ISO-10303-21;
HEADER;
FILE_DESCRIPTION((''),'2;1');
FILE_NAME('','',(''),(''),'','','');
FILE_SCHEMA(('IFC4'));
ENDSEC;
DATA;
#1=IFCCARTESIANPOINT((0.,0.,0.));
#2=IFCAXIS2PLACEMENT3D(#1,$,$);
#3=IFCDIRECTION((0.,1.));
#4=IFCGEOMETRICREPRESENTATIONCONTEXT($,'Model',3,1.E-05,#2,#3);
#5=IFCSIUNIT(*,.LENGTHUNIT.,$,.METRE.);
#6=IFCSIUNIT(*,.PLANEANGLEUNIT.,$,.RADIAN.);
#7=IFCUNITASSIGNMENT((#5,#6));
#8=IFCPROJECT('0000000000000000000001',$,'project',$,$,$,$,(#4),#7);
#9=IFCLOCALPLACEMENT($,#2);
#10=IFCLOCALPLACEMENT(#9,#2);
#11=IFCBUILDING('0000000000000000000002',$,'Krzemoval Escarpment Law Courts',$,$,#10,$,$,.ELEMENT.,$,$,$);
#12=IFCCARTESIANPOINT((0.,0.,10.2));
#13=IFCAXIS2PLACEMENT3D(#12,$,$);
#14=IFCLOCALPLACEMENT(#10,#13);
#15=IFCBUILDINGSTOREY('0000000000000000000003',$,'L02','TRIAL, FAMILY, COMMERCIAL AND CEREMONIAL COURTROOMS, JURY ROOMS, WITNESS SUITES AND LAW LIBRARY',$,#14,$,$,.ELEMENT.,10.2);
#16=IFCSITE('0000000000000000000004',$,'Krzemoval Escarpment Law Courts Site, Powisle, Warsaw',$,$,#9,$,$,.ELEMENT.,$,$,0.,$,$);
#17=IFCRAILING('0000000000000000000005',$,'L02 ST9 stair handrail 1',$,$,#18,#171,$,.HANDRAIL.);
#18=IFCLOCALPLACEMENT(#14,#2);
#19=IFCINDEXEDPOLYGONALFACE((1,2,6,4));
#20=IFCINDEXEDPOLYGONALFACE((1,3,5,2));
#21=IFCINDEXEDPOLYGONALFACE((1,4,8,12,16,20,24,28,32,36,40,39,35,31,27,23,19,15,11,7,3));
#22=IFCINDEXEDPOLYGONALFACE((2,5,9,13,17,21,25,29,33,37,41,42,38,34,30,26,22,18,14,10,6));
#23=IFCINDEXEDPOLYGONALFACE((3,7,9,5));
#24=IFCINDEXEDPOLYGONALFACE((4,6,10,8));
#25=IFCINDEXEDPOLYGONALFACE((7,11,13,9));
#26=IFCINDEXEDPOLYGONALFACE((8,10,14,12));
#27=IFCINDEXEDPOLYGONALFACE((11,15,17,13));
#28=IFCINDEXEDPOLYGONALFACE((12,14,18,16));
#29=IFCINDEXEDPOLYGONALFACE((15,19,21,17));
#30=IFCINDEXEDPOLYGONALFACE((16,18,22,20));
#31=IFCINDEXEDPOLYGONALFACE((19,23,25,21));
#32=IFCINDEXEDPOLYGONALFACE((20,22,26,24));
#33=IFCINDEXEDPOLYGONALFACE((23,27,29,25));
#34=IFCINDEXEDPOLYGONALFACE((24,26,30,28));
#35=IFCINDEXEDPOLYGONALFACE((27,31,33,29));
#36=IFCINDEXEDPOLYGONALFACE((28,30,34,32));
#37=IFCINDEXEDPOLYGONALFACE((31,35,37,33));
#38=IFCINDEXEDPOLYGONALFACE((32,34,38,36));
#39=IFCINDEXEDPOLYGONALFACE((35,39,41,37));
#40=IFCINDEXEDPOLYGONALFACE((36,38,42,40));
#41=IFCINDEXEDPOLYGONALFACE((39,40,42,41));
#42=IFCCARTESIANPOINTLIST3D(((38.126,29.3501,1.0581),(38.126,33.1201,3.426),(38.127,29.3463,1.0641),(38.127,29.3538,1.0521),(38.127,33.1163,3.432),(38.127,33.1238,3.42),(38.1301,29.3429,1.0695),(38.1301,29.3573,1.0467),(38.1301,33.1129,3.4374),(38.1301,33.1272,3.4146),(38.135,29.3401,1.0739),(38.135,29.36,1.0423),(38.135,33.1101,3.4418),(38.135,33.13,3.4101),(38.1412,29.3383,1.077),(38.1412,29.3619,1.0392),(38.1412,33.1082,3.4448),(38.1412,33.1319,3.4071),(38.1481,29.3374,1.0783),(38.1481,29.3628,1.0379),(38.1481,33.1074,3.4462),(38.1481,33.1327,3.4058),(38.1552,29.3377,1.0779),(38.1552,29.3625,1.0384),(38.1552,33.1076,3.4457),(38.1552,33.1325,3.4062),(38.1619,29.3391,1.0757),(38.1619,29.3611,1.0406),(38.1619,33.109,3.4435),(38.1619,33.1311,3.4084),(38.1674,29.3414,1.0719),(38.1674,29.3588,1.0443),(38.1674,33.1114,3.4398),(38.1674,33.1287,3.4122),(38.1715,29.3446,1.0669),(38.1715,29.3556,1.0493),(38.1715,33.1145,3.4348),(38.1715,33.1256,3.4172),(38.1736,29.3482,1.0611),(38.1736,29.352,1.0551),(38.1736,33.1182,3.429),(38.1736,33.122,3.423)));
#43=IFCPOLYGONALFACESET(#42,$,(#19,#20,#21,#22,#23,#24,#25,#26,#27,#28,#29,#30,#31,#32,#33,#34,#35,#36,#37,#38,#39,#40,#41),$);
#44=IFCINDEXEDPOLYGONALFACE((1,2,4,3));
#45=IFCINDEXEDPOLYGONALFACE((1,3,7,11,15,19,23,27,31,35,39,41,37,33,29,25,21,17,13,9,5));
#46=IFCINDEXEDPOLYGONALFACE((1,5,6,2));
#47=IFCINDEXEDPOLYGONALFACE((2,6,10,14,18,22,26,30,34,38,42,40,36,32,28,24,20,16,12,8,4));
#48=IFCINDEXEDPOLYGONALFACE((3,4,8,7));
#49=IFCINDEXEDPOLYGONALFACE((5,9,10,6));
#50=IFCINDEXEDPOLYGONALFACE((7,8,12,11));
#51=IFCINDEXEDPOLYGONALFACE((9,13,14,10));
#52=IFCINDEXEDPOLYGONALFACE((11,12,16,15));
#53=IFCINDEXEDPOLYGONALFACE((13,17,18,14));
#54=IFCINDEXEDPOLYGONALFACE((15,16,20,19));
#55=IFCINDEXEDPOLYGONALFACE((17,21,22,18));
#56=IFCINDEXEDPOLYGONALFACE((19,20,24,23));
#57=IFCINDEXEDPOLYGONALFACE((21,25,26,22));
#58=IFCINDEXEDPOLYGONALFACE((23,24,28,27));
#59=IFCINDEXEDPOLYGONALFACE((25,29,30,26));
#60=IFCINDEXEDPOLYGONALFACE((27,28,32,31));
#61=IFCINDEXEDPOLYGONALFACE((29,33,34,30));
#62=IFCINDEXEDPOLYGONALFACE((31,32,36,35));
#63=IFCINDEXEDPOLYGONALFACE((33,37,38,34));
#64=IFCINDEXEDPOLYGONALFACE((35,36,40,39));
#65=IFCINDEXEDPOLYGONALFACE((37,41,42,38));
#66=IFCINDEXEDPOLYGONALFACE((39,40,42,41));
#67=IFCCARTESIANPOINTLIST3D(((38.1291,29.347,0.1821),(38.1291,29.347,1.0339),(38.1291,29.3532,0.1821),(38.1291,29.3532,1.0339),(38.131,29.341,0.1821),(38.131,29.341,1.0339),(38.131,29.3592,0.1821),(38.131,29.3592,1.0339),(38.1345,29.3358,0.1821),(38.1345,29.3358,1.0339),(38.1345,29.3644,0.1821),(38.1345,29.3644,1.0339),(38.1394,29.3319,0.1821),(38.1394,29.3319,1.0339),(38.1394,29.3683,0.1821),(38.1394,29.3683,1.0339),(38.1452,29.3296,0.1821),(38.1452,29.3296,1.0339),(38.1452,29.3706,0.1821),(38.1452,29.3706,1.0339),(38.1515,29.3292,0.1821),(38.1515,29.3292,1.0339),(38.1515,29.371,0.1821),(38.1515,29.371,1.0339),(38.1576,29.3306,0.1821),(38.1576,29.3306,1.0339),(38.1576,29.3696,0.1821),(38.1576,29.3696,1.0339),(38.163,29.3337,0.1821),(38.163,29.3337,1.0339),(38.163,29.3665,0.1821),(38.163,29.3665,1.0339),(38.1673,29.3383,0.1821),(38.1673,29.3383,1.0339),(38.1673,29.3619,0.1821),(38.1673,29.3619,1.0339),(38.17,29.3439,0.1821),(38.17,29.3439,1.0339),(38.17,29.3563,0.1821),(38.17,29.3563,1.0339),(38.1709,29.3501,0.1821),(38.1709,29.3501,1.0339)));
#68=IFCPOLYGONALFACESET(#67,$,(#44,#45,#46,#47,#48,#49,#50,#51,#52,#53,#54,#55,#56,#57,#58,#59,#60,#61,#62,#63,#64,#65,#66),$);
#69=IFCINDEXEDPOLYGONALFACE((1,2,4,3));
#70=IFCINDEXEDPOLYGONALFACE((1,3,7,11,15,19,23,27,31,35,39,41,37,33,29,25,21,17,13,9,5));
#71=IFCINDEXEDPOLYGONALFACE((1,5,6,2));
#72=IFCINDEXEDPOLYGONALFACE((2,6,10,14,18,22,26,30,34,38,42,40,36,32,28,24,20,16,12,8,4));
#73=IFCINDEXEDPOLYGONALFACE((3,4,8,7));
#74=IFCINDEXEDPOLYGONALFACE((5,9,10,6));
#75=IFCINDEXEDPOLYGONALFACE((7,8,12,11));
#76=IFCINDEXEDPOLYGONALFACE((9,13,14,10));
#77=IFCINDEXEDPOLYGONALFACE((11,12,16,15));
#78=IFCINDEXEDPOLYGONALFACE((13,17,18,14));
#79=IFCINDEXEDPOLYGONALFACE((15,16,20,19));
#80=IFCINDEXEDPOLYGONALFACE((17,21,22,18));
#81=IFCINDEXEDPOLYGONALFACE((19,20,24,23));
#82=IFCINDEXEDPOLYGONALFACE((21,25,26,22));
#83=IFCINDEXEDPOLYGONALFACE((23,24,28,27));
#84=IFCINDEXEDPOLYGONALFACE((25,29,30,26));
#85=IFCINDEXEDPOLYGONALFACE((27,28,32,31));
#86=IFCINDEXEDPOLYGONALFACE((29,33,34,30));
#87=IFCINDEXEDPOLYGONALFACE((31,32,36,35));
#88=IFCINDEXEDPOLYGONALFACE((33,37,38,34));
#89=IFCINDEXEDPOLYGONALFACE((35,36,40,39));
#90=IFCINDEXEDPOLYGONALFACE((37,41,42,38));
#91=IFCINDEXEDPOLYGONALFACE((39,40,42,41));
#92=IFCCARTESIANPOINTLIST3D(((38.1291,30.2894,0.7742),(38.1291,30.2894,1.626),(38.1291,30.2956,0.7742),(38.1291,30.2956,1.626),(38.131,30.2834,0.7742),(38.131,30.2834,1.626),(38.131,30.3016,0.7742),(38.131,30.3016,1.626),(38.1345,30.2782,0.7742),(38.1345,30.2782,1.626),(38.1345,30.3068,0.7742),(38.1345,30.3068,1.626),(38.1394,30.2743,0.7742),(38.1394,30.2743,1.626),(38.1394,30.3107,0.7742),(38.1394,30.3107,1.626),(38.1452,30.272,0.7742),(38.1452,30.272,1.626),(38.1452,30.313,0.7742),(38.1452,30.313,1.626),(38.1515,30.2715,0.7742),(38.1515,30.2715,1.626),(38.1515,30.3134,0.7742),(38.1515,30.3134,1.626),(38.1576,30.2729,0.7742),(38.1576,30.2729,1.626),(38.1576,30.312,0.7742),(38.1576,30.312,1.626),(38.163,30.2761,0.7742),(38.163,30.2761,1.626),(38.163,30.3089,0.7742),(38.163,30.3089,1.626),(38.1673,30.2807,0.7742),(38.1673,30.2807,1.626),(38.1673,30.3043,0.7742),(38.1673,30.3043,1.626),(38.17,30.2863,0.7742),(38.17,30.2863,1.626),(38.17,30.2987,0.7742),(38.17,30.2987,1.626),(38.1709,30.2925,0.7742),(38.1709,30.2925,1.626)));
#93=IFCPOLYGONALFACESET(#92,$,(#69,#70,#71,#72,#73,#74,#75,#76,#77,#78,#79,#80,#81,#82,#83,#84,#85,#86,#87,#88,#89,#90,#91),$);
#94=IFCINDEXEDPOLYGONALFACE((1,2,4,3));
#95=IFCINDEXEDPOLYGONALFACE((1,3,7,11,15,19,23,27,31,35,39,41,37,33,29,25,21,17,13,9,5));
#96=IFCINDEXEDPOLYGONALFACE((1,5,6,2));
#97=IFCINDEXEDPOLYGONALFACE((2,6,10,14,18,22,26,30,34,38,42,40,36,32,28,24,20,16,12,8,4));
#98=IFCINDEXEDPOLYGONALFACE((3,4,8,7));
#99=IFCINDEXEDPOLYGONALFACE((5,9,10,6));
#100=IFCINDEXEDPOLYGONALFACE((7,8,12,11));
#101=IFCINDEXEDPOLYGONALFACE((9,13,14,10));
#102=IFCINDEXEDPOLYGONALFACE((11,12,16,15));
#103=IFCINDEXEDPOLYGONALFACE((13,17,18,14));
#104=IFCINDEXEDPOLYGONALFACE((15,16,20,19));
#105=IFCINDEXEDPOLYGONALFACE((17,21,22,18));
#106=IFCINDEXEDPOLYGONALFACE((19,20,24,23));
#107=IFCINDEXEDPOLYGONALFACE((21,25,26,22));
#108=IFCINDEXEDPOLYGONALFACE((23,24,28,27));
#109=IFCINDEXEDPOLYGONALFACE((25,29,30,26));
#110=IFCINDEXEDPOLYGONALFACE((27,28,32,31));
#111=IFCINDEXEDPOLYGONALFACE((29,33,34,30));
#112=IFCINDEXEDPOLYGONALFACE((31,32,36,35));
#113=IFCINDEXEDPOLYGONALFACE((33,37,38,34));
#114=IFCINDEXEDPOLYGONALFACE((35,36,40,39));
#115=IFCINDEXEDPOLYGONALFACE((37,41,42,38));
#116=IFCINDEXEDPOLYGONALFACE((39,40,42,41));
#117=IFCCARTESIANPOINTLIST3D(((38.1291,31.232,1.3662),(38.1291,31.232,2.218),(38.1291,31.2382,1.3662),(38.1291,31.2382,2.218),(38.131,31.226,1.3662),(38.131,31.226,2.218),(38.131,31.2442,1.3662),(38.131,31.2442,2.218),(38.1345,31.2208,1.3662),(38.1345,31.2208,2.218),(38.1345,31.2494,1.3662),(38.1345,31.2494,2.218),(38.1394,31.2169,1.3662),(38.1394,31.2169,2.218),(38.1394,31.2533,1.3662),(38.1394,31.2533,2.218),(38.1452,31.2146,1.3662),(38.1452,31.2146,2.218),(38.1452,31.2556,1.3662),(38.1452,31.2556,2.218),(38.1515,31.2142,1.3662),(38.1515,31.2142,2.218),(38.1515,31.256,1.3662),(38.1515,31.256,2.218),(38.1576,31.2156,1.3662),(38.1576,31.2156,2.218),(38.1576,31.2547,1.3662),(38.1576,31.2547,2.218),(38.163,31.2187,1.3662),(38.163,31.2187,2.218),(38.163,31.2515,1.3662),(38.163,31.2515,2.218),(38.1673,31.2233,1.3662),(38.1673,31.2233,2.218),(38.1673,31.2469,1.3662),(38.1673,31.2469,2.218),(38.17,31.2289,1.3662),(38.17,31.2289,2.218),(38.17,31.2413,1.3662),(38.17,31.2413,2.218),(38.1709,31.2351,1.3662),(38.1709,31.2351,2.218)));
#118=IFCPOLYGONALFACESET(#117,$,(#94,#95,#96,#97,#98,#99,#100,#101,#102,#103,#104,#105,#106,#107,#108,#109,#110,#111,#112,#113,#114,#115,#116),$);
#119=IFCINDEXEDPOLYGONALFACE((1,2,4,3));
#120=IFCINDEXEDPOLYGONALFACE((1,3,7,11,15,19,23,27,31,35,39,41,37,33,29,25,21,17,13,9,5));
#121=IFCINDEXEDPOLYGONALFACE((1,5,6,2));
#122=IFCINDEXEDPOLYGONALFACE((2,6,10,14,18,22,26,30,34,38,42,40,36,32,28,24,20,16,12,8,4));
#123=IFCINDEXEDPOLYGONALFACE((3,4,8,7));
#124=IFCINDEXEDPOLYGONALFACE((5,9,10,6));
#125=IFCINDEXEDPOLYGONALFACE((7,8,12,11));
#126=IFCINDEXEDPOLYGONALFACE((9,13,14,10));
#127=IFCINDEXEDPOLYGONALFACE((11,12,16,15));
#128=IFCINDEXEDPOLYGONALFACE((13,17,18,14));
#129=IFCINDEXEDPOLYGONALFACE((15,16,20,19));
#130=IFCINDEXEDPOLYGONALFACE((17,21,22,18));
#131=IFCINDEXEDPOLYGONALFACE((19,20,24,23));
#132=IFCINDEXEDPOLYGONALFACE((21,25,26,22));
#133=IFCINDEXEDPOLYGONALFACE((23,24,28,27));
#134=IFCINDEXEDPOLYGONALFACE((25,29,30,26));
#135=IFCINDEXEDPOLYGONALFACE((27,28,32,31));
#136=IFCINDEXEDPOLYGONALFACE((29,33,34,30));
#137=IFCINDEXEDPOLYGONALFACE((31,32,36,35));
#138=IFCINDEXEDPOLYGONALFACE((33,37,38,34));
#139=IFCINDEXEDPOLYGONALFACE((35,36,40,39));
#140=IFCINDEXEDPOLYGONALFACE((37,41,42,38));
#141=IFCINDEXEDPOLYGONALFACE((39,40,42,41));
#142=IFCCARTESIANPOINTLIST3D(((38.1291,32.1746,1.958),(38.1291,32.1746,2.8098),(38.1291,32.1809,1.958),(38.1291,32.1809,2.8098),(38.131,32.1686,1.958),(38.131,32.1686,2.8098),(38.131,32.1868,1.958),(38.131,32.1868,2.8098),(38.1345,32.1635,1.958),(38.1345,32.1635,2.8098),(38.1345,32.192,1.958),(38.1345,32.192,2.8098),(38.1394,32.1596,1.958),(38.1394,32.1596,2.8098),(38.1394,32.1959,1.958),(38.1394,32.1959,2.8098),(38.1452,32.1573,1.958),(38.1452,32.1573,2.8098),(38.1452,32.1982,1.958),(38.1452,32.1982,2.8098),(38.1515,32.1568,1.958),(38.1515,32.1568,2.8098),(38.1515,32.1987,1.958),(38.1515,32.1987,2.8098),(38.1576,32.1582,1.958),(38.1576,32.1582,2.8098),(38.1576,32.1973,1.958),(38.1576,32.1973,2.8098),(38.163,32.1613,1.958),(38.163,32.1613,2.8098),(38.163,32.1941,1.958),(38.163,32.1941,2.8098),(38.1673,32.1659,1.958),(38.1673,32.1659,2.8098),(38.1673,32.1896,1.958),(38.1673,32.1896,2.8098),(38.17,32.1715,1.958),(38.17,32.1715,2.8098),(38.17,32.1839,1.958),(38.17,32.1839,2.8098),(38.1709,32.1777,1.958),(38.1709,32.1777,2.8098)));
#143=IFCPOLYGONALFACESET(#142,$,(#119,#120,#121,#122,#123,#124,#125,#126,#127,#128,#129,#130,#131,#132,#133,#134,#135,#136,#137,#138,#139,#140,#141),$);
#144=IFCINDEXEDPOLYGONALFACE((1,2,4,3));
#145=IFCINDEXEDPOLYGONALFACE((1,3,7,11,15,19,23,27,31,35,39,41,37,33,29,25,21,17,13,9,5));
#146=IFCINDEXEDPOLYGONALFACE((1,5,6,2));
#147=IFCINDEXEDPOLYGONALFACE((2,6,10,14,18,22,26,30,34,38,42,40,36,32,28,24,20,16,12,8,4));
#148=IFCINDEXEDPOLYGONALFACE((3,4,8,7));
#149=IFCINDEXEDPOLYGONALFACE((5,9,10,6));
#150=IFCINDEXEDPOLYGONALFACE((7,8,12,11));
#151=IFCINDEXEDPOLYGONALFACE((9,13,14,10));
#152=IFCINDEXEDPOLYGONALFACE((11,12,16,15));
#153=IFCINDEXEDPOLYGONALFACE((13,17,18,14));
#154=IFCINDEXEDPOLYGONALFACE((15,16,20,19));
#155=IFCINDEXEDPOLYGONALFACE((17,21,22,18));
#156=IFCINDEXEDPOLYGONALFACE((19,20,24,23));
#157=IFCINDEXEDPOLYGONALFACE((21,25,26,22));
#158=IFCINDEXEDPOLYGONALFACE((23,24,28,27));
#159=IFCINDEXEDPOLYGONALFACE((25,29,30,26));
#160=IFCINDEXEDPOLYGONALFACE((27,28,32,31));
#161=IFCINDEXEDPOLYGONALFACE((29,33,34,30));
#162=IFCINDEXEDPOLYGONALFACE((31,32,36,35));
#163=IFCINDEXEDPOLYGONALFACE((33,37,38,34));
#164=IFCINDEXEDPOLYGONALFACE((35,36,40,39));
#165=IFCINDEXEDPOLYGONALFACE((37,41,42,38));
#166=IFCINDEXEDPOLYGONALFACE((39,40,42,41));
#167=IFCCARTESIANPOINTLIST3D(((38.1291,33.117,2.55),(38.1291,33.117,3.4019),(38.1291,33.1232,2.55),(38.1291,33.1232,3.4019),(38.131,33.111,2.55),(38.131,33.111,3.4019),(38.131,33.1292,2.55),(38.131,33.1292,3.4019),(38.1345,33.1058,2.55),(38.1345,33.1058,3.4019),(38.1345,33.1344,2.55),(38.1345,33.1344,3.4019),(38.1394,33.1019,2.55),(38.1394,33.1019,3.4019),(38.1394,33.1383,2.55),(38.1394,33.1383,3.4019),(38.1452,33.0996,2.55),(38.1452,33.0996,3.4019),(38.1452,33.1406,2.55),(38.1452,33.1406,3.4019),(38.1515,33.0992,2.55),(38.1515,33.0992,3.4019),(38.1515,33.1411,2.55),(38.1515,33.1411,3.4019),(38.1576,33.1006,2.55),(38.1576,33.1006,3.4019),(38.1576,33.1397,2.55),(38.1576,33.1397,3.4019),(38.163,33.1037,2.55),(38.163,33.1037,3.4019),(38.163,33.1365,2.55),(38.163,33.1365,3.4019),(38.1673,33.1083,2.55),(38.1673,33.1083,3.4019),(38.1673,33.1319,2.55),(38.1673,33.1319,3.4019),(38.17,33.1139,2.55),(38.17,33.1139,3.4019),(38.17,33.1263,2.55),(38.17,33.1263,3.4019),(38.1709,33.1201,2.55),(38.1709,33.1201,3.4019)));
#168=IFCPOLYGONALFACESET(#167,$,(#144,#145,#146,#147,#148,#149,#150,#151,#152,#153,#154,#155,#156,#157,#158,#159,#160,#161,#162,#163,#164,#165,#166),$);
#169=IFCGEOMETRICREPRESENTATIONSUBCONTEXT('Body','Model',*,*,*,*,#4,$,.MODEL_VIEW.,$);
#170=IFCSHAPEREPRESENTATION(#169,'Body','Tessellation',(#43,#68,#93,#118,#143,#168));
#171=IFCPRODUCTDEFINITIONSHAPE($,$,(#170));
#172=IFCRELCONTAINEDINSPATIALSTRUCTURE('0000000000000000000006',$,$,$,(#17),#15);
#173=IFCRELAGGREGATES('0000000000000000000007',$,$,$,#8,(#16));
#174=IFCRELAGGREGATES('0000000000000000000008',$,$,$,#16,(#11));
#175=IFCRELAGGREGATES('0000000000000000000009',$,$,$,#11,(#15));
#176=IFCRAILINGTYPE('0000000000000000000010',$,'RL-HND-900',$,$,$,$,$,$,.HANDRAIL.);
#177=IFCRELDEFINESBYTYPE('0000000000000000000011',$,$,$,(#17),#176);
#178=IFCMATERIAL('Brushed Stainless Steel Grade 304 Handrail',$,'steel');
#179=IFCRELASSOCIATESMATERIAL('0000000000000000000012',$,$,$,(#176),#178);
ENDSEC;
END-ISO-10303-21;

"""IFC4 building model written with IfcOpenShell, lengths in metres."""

from ifc_helpers import new_model, si_unit, direction, frame, origin, origin_2d, place, context, subcontext, project, spatial, circle, extrude, material, type_object, element, save


model = new_model("IFC4")

# Units and contexts
model_context = context("Model", 3, precision=1e-05, world=origin(), true_north=direction((0.0, 1.0)))
body_context = subcontext(model_context, "Body", "Model", "MODEL_VIEW")
ifc_project = project(units=[si_unit("LENGTHUNIT", "METRE"), si_unit("PLANEANGLEUNIT", "RADIAN")], contexts=[model_context])

# Site, building, storey
site_placement = place(None, origin())
site = spatial("IfcSite", under=ifc_project, at=site_placement, Name="Krzemoval Escarpment Law Courts Site, Powisle, Warsaw", CompositionType="ELEMENT", RefElevation=0.0)
building_placement = place(site_placement, origin())
building = spatial("IfcBuilding", under=site, at=building_placement, Name="Krzemoval Escarpment Law Courts", CompositionType="ELEMENT")
storey_placement = place(building_placement, frame((0.0, 0.0, 10.2)))
storey = spatial("IfcBuildingStorey", under=building, at=storey_placement, Name="L02", Description="TRIAL, FAMILY, COMMERCIAL AND CEREMONIAL COURTROOMS, JURY ROOMS, WITNESS SUITES AND LAW LIBRARY", CompositionType="ELEMENT", Elevation=10.2)

# Railing
ifc_material_1 = material(Name="Brushed Stainless Steel Grade 304 Handrail", Category="steel")
railing_type_1 = type_object("IfcRailingType", Name="RL-HND-900", PredefinedType="HANDRAIL", material=ifc_material_1)
railing_1_placement = place(storey_placement, frame((38.1499, 29.3501, 0.1821)))
element("IfcRailing", 1, at=railing_1_placement, inside=storey, type_object=railing_type_1, Name="L02 ST9 stair handrail 1", PredefinedType="HANDRAIL", context=body_context, shape_type="SweptSolid", body=[
    extrude(circle(Radius=0.0239, at=origin_2d()), frame((0.0, 0.0, 0.876), z_axis=(0.0, 0.846819, 0.531881), x_axis=(-1.0, 0.0, 0.0)), (0.0, 0.0, 1.0), 4.4519),
    extrude(circle(Radius=0.021, at=origin_2d()), origin(), (0.0, 0.0, 1.0), 0.8518),
    extrude(circle(Radius=0.021, at=origin_2d()), frame((0.0, 0.9424, 0.592)), (0.0, 0.0, 1.0), 0.8518),
    extrude(circle(Radius=0.021, at=origin_2d()), frame((0.0, 1.885, 1.1841)), (0.0, 0.0, 1.0), 0.8518),
    extrude(circle(Radius=0.021, at=origin_2d()), frame((0.0, 2.8276, 1.7759)), (0.0, 0.0, 1.0), 0.8518),
    extrude(circle(Radius=0.021, at=origin_2d()), frame((0.0, 3.77, 2.3679)), (0.0, 0.0, 1.0), 0.8518),
])

save(model, "model.ifc")
